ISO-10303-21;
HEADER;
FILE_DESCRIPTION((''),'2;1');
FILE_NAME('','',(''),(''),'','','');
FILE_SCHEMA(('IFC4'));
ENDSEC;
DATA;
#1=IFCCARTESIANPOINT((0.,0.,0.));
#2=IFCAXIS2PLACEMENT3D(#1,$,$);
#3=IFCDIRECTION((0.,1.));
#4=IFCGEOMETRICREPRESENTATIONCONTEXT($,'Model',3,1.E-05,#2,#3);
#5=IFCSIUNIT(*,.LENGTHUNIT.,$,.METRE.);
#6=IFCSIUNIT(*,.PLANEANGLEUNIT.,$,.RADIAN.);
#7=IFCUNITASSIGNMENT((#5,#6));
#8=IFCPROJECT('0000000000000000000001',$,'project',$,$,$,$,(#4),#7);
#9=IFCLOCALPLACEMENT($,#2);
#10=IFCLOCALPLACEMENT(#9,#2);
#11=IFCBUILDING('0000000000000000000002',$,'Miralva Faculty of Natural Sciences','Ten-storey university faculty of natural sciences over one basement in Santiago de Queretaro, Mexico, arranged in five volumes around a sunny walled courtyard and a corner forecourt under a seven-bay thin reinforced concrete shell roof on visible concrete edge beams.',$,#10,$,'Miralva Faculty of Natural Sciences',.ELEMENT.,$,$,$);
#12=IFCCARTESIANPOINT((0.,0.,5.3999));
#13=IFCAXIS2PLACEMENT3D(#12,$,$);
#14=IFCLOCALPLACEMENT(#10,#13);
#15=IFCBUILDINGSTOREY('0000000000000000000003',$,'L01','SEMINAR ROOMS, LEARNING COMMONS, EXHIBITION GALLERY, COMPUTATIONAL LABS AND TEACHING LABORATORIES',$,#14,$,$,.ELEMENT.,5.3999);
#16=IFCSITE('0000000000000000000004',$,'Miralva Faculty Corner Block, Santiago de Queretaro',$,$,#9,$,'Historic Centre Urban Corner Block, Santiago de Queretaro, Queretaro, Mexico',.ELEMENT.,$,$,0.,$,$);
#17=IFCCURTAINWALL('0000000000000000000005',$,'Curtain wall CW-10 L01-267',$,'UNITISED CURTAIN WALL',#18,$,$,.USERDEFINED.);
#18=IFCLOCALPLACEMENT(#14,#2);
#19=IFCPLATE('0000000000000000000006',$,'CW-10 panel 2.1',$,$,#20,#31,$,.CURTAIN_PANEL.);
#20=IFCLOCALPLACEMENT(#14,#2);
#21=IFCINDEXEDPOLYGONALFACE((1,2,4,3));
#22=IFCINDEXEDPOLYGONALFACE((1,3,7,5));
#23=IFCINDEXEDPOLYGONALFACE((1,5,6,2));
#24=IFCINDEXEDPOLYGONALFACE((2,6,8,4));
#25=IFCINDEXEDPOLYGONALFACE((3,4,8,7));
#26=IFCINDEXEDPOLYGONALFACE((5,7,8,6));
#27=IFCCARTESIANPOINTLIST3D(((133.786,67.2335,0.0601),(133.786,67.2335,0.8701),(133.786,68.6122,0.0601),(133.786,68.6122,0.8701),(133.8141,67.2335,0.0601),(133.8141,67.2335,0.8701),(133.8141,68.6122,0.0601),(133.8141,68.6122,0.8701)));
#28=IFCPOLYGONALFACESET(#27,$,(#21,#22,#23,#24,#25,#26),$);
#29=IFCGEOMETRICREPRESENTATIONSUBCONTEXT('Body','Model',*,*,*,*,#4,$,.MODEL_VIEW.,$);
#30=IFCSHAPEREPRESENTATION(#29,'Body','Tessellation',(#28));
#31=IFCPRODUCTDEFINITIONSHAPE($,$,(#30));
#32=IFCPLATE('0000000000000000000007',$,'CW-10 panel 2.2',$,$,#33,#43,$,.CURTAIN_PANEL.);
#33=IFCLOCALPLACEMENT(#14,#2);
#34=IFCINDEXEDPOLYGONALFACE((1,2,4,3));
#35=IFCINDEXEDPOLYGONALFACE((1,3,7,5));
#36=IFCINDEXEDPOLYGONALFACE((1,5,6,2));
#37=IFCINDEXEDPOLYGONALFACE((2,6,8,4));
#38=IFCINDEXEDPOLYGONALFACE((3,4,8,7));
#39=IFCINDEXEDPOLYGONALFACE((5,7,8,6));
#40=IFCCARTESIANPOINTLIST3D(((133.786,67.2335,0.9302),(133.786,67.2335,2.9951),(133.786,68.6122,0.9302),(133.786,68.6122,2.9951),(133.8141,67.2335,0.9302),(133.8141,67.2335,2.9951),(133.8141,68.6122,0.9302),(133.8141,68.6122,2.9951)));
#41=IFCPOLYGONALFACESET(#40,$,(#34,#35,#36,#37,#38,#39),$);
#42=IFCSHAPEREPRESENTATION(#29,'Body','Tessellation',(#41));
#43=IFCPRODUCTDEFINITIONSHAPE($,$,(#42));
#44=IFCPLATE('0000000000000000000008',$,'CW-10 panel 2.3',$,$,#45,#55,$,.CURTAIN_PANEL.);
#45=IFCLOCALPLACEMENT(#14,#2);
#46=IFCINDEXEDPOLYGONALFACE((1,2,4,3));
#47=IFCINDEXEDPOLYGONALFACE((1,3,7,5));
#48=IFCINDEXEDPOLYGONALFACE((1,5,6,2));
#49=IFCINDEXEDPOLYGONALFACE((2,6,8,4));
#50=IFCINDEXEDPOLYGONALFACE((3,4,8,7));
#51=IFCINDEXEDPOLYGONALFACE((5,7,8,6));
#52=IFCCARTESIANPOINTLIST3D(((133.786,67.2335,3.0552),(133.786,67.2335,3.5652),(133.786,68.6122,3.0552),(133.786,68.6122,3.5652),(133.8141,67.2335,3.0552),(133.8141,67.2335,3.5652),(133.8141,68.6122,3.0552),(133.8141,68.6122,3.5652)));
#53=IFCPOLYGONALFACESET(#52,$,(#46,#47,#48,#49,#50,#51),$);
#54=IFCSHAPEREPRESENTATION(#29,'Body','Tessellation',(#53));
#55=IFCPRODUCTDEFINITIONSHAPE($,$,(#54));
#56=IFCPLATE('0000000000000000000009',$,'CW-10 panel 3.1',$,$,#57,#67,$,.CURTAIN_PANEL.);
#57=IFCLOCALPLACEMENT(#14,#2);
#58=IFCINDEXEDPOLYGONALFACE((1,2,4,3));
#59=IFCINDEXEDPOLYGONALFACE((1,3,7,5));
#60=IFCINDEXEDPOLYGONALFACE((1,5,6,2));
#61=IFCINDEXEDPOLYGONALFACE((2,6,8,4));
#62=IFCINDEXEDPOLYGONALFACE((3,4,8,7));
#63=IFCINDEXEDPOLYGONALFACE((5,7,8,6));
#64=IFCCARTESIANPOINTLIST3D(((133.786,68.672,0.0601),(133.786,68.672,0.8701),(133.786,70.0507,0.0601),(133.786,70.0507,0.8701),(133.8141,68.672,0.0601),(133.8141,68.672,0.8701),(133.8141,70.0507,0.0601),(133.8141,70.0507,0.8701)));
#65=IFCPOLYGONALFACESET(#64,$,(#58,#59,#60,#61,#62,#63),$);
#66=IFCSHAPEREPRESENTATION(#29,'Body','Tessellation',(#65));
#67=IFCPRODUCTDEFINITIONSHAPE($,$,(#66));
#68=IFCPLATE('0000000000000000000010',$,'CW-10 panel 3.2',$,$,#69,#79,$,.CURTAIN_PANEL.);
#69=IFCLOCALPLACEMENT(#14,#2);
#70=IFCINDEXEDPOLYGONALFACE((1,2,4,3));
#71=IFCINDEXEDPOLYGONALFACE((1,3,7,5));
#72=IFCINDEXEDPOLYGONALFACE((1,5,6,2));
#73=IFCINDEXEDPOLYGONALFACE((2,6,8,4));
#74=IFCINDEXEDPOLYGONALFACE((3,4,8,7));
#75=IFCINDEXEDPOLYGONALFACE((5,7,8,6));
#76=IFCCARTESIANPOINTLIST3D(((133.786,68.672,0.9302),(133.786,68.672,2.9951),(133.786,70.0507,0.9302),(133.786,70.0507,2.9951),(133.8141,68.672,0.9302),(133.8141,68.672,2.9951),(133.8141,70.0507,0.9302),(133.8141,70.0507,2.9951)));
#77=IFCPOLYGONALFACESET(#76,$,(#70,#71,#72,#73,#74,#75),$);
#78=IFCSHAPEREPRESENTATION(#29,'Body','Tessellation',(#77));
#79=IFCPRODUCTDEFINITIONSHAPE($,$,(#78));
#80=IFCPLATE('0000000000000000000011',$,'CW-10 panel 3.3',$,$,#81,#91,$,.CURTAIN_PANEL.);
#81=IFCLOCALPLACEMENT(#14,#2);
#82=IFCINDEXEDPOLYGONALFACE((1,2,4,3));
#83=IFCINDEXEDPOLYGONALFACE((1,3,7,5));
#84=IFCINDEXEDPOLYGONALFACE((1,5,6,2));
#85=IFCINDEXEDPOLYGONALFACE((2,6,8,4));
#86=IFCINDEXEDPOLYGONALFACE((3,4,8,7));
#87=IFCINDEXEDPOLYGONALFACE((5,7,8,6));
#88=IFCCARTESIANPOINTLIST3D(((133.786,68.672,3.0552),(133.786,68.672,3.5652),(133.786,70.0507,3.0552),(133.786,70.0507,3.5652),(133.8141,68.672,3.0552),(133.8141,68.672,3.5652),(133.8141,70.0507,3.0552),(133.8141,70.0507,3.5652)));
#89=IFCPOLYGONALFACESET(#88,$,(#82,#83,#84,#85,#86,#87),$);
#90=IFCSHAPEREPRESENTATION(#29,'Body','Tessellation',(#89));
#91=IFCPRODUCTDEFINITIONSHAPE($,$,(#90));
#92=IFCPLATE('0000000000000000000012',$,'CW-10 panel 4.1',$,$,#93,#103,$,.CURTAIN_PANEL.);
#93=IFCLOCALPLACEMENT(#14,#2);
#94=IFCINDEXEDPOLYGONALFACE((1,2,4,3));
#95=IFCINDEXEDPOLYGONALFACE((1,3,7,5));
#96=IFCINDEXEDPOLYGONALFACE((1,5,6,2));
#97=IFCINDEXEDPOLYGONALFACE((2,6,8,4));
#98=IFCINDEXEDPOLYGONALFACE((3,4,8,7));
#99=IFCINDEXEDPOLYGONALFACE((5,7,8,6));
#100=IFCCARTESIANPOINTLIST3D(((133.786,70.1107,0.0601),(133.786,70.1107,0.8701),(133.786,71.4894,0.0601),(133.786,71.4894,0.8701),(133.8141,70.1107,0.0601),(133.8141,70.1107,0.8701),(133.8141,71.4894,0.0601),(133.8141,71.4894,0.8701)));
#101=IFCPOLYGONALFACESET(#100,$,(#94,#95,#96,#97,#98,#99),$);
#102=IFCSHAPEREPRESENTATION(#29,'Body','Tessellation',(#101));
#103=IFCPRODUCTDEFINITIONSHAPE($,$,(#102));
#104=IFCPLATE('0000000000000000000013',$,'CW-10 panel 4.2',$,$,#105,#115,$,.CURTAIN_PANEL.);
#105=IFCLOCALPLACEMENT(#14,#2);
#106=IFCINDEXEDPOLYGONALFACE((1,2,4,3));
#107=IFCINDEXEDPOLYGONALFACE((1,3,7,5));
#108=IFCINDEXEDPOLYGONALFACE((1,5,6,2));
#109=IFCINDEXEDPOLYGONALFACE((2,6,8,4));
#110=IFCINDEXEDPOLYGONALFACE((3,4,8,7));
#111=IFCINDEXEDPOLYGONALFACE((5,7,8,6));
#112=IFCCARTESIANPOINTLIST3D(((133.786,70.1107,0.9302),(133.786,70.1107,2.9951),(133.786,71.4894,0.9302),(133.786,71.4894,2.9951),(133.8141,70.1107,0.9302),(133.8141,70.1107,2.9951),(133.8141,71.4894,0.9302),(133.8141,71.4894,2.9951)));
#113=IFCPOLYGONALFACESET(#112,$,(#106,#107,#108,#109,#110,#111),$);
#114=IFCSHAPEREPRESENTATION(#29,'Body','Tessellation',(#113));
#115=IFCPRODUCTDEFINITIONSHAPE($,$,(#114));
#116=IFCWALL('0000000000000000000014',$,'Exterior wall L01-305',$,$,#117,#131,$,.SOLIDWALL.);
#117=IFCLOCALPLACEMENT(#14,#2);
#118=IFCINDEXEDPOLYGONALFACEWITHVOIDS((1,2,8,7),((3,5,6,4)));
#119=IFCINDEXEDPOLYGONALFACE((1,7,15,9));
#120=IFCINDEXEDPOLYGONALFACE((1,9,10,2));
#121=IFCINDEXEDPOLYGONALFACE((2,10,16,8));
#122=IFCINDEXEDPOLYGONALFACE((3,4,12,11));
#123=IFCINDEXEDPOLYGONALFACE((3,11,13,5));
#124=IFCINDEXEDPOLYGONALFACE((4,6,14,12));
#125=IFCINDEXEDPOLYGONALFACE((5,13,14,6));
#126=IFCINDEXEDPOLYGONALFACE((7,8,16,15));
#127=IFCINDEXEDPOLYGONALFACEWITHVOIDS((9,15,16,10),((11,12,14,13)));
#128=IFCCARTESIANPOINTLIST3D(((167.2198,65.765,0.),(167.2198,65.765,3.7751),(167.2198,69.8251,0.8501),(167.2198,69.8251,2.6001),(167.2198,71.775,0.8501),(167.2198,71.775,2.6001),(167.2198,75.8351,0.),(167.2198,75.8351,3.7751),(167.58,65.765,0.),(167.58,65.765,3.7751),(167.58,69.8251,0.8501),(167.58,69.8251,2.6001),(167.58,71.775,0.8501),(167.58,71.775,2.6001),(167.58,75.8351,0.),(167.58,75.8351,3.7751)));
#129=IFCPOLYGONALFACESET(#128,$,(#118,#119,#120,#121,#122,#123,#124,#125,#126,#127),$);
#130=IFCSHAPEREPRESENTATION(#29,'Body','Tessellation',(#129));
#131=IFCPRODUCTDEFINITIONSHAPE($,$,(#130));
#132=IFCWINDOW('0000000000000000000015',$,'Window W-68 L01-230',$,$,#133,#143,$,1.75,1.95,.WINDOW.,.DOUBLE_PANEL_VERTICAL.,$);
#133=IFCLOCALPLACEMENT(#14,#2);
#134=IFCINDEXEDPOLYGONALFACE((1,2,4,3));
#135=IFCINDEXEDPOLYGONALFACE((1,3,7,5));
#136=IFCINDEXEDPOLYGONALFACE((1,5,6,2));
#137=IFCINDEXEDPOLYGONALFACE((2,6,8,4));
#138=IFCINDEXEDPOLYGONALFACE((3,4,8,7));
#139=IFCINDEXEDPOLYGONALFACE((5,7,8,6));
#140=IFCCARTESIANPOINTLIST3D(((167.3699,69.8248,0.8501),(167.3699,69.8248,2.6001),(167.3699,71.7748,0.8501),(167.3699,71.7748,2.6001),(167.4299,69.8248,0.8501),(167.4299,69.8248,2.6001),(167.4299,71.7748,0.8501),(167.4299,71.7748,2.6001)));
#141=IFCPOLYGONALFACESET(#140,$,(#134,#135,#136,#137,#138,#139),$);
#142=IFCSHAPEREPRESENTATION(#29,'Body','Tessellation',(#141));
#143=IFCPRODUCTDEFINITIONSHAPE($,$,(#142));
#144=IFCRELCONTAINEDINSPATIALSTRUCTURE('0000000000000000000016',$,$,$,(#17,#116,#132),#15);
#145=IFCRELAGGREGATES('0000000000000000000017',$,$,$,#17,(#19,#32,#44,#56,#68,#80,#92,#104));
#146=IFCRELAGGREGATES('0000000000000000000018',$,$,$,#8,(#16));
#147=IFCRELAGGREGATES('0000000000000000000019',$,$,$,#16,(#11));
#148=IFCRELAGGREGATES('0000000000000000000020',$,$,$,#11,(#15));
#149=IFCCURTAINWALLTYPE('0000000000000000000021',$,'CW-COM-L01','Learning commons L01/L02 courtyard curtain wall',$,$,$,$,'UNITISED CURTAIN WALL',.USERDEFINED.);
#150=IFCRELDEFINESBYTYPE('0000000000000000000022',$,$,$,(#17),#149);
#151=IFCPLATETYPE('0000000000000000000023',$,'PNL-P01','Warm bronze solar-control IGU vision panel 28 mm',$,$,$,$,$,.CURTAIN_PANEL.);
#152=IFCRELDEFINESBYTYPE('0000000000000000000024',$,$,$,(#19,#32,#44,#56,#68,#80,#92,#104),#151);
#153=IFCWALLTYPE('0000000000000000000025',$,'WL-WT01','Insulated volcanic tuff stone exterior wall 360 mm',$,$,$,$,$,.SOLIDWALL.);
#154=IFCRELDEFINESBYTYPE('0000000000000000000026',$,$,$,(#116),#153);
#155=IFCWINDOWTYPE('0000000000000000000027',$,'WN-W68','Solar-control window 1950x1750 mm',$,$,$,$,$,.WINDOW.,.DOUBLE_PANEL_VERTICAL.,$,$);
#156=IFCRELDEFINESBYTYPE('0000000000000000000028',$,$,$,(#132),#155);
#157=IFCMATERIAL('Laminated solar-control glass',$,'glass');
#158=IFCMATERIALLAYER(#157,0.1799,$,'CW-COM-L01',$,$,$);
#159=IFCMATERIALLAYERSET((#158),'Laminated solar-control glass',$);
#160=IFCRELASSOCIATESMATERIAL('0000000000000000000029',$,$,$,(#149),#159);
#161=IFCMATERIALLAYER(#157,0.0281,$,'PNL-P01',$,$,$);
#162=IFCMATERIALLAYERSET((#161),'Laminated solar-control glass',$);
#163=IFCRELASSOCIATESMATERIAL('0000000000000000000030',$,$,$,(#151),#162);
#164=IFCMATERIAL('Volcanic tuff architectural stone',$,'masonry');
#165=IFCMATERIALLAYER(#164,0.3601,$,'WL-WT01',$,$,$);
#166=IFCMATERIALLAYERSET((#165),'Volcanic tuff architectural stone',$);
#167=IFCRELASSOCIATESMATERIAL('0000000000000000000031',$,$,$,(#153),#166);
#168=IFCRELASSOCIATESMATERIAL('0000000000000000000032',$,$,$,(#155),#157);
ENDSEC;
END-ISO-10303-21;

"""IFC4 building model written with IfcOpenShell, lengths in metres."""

from ifc_helpers import new_model, si_unit, direction, frame, frame_2d, origin, origin_2d, place, context, subcontext, project, spatial, rectangle, extrude, material, layer, layer_set, type_object, element, fill, aggregate, save


model = new_model("IFC4")

# Units and contexts
model_context = context("Model", 3, precision=1e-05, world=origin(), true_north=direction((0.0, 1.0)))
body_context = subcontext(model_context, "Body", "Model", "MODEL_VIEW")
ifc_project = project(units=[si_unit("LENGTHUNIT", "METRE"), si_unit("PLANEANGLEUNIT", "RADIAN")], contexts=[model_context])

# Site, building, storey
site_placement = place(None, origin())
site = spatial("IfcSite", under=ifc_project, at=site_placement, Name="Miralva Faculty Corner Block, Santiago de Queretaro", LongName="Historic Centre Urban Corner Block, Santiago de Queretaro, Queretaro, Mexico", CompositionType="ELEMENT", RefElevation=0.0)
building_placement = place(site_placement, origin())
building = spatial("IfcBuilding", under=site, at=building_placement, Name="Miralva Faculty of Natural Sciences", Description="Ten-storey university faculty of natural sciences over one basement in Santiago de Queretaro, Mexico, arranged in five volumes around a sunny walled courtyard and a corner forecourt under a seven-bay thin reinforced concrete shell roof on visible concrete edge beams.", LongName="Miralva Faculty of Natural Sciences", CompositionType="ELEMENT")
storey_placement = place(building_placement, frame((0.0, 0.0, 5.3999)))
storey = spatial("IfcBuildingStorey", under=building, at=storey_placement, Name="L01", Description="SEMINAR ROOMS, LEARNING COMMONS, EXHIBITION GALLERY, COMPUTATIONAL LABS AND TEACHING LABORATORIES", CompositionType="ELEMENT", Elevation=5.3999)

# Curtain wall, plates
ifc_material_1 = material(Name="Laminated solar-control glass", Category="glass")
ifc_layer_1 = layer(ifc_material_1, 0.1799, Name="CW-COM-L01")
ifc_layer_set_1 = layer_set([ifc_layer_1], Name="Laminated solar-control glass")
curtain_wall_type = type_object("IfcCurtainWallType", Name="CW-COM-L01", Description="Learning commons L01/L02 courtyard curtain wall", ElementType="UNITISED CURTAIN WALL", PredefinedType="USERDEFINED", material=ifc_layer_set_1)
curtain_wall_placement = place(storey_placement, origin())
curtain_wall = element("IfcCurtainWall", 1, at=curtain_wall_placement, inside=storey, type_object=curtain_wall_type, Name="Curtain wall CW-10 L01-267", ObjectType="UNITISED CURTAIN WALL", PredefinedType="USERDEFINED")
ifc_layer_2 = layer(ifc_material_1, 0.0281, Name="PNL-P01")
ifc_layer_set_2 = layer_set([ifc_layer_2], Name="Laminated solar-control glass")
plate_type = type_object("IfcPlateType", Name="PNL-P01", Description="Warm bronze solar-control IGU vision panel 28 mm", PredefinedType="CURTAIN_PANEL", material=ifc_layer_set_2)
plate_1_placement = place(storey_placement, frame((133.8, 67.9229, 0.0601), z_axis=(0.0, 0.0, 1.0), x_axis=(0.0, 1.0, 0.0)))
plate_1 = element("IfcPlate", 2, at=plate_1_placement, type_object=plate_type, Name="CW-10 panel 2.1", PredefinedType="CURTAIN_PANEL", context=body_context, shape_type="SweptSolid", body=[
    extrude(rectangle(XDim=1.3787, YDim=0.0281, at=origin_2d()), origin(), (0.0, 0.0, 1.0), 0.8101),
])
plate_2_placement = place(storey_placement, frame((133.8, 67.9229, 0.9302), z_axis=(0.0, 0.0, 1.0), x_axis=(0.0, 1.0, 0.0)))
plate_2 = element("IfcPlate", 3, at=plate_2_placement, type_object=plate_type, Name="CW-10 panel 2.2", PredefinedType="CURTAIN_PANEL", context=body_context, shape_type="SweptSolid", body=[
    extrude(rectangle(XDim=1.3787, YDim=0.0281, at=origin_2d()), origin(), (0.0, 0.0, 1.0), 2.0649),
])
plate_3_placement = place(storey_placement, frame((133.8, 67.9229, 3.0552), z_axis=(0.0, 0.0, 1.0), x_axis=(0.0, 1.0, 0.0)))
plate_3 = element("IfcPlate", 4, at=plate_3_placement, type_object=plate_type, Name="CW-10 panel 2.3", PredefinedType="CURTAIN_PANEL", context=body_context, shape_type="SweptSolid", body=[
    extrude(rectangle(XDim=1.3787, YDim=0.0281, at=origin_2d()), origin(), (0.0, 0.0, 1.0), 0.51),
])
plate_4_placement = place(storey_placement, frame((133.8, 69.3613, 0.0601), z_axis=(0.0, 0.0, 1.0), x_axis=(0.0, 1.0, 0.0)))
plate_4 = element("IfcPlate", 5, at=plate_4_placement, type_object=plate_type, Name="CW-10 panel 3.1", PredefinedType="CURTAIN_PANEL", context=body_context, shape_type="SweptSolid", body=[
    extrude(rectangle(XDim=1.3787, YDim=0.0281, at=origin_2d()), origin(), (0.0, 0.0, 1.0), 0.8101),
])
plate_5_placement = place(storey_placement, frame((133.8, 69.3613, 0.9302), z_axis=(0.0, 0.0, 1.0), x_axis=(0.0, 1.0, 0.0)))
plate_5 = element("IfcPlate", 6, at=plate_5_placement, type_object=plate_type, Name="CW-10 panel 3.2", PredefinedType="CURTAIN_PANEL", context=body_context, shape_type="SweptSolid", body=[
    extrude(rectangle(XDim=1.3787, YDim=0.0281, at=origin_2d()), origin(), (0.0, 0.0, 1.0), 2.0649),
])
plate_6_placement = place(storey_placement, frame((133.8, 69.3613, 3.0552), z_axis=(0.0, 0.0, 1.0), x_axis=(0.0, 1.0, 0.0)))
plate_6 = element("IfcPlate", 7, at=plate_6_placement, type_object=plate_type, Name="CW-10 panel 3.3", PredefinedType="CURTAIN_PANEL", context=body_context, shape_type="SweptSolid", body=[
    extrude(rectangle(XDim=1.3787, YDim=0.0281, at=origin_2d()), origin(), (0.0, 0.0, 1.0), 0.51),
])
plate_7_placement = place(storey_placement, frame((133.8, 70.8, 0.0601), z_axis=(0.0, 0.0, 1.0), x_axis=(0.0, 1.0, 0.0)))
plate_7 = element("IfcPlate", 8, at=plate_7_placement, type_object=plate_type, Name="CW-10 panel 4.1", PredefinedType="CURTAIN_PANEL", context=body_context, shape_type="SweptSolid", body=[
    extrude(rectangle(XDim=1.3787, YDim=0.0281, at=origin_2d()), origin(), (0.0, 0.0, 1.0), 0.8101),
])
plate_8_placement = place(storey_placement, frame((133.8, 70.8, 0.9302), z_axis=(0.0, 0.0, 1.0), x_axis=(0.0, 1.0, 0.0)))
plate_8 = element("IfcPlate", 9, at=plate_8_placement, type_object=plate_type, Name="CW-10 panel 4.2", PredefinedType="CURTAIN_PANEL", context=body_context, shape_type="SweptSolid", body=[
    extrude(rectangle(XDim=1.3787, YDim=0.0281, at=origin_2d()), origin(), (0.0, 0.0, 1.0), 2.0649),
])
aggregate(curtain_wall, [plate_1, plate_2, plate_3, plate_4, plate_5, plate_6, plate_7, plate_8])

# Wall, opening, window
ifc_material_2 = material(Name="Volcanic tuff architectural stone", Category="masonry")
ifc_layer_3 = layer(ifc_material_2, 0.3601, Name="WL-WT01")
ifc_layer_set_3 = layer_set([ifc_layer_3], Name="Volcanic tuff architectural stone")
wall_type = type_object("IfcWallType", Name="WL-WT01", Description="Insulated volcanic tuff stone exterior wall 360 mm", PredefinedType="SOLIDWALL", material=ifc_layer_set_3)
wall_placement = place(storey_placement, frame((167.3999, 65.7649, 0.0), z_axis=(0.0, 0.0, 1.0), x_axis=(0.0, 1.0, 0.0)))
wall = element("IfcWall", 10, at=wall_placement, inside=storey, type_object=wall_type, Name="Exterior wall L01-305", PredefinedType="SOLIDWALL", context=body_context, shape_type="SweptSolid", body=[
    extrude(rectangle(XDim=10.0701, YDim=0.3601, at=frame_2d((5.0352, 0.0))), origin(), (0.0, 0.0, 1.0), 3.7751),
])
opening_placement = place(wall_placement, frame((4.0601, 0.0, 0.8501)))
opening = element("IfcOpeningElement", 11, at=opening_placement, cuts=wall, PredefinedType="OPENING", context=body_context, shape_type="SweptSolid", body=[
    extrude(rectangle(XDim=1.95, YDim=1.75, at=frame_2d((0.9751, 0.875))), frame((0.0, 0.1899, 0.0), z_axis=(0.0, -1.0, 0.0), x_axis=(1.0, 0.0, 0.0)), (0.0, 0.0, 1.0), 0.3801),
])
window_type = type_object("IfcWindowType", Name="WN-W68", Description="Solar-control window 1950x1750 mm", PartitioningType="DOUBLE_PANEL_VERTICAL", PredefinedType="WINDOW", material=ifc_material_1)
window_placement = place(opening_placement, frame((1.95, 0.0, 0.0), z_axis=(0.0, 0.0, 1.0), x_axis=(-1.0, 0.0, 0.0)))
window = element("IfcWindow", 12, at=window_placement, inside=storey, type_object=window_type, Name="Window W-68 L01-230", OverallHeight=1.75, OverallWidth=1.95, PartitioningType="DOUBLE_PANEL_VERTICAL", PredefinedType="WINDOW", context=body_context, shape_type="SweptSolid", body=[
    extrude(rectangle(XDim=1.95, YDim=1.75, at=frame_2d((0.9751, 0.875))), frame((0.0, 0.03, 0.0), z_axis=(0.0, -1.0, 0.0), x_axis=(1.0, 0.0, 0.0)), (0.0, 0.0, 1.0), 0.0601),
])
fill(opening, window)

save(model, "model.ifc")
